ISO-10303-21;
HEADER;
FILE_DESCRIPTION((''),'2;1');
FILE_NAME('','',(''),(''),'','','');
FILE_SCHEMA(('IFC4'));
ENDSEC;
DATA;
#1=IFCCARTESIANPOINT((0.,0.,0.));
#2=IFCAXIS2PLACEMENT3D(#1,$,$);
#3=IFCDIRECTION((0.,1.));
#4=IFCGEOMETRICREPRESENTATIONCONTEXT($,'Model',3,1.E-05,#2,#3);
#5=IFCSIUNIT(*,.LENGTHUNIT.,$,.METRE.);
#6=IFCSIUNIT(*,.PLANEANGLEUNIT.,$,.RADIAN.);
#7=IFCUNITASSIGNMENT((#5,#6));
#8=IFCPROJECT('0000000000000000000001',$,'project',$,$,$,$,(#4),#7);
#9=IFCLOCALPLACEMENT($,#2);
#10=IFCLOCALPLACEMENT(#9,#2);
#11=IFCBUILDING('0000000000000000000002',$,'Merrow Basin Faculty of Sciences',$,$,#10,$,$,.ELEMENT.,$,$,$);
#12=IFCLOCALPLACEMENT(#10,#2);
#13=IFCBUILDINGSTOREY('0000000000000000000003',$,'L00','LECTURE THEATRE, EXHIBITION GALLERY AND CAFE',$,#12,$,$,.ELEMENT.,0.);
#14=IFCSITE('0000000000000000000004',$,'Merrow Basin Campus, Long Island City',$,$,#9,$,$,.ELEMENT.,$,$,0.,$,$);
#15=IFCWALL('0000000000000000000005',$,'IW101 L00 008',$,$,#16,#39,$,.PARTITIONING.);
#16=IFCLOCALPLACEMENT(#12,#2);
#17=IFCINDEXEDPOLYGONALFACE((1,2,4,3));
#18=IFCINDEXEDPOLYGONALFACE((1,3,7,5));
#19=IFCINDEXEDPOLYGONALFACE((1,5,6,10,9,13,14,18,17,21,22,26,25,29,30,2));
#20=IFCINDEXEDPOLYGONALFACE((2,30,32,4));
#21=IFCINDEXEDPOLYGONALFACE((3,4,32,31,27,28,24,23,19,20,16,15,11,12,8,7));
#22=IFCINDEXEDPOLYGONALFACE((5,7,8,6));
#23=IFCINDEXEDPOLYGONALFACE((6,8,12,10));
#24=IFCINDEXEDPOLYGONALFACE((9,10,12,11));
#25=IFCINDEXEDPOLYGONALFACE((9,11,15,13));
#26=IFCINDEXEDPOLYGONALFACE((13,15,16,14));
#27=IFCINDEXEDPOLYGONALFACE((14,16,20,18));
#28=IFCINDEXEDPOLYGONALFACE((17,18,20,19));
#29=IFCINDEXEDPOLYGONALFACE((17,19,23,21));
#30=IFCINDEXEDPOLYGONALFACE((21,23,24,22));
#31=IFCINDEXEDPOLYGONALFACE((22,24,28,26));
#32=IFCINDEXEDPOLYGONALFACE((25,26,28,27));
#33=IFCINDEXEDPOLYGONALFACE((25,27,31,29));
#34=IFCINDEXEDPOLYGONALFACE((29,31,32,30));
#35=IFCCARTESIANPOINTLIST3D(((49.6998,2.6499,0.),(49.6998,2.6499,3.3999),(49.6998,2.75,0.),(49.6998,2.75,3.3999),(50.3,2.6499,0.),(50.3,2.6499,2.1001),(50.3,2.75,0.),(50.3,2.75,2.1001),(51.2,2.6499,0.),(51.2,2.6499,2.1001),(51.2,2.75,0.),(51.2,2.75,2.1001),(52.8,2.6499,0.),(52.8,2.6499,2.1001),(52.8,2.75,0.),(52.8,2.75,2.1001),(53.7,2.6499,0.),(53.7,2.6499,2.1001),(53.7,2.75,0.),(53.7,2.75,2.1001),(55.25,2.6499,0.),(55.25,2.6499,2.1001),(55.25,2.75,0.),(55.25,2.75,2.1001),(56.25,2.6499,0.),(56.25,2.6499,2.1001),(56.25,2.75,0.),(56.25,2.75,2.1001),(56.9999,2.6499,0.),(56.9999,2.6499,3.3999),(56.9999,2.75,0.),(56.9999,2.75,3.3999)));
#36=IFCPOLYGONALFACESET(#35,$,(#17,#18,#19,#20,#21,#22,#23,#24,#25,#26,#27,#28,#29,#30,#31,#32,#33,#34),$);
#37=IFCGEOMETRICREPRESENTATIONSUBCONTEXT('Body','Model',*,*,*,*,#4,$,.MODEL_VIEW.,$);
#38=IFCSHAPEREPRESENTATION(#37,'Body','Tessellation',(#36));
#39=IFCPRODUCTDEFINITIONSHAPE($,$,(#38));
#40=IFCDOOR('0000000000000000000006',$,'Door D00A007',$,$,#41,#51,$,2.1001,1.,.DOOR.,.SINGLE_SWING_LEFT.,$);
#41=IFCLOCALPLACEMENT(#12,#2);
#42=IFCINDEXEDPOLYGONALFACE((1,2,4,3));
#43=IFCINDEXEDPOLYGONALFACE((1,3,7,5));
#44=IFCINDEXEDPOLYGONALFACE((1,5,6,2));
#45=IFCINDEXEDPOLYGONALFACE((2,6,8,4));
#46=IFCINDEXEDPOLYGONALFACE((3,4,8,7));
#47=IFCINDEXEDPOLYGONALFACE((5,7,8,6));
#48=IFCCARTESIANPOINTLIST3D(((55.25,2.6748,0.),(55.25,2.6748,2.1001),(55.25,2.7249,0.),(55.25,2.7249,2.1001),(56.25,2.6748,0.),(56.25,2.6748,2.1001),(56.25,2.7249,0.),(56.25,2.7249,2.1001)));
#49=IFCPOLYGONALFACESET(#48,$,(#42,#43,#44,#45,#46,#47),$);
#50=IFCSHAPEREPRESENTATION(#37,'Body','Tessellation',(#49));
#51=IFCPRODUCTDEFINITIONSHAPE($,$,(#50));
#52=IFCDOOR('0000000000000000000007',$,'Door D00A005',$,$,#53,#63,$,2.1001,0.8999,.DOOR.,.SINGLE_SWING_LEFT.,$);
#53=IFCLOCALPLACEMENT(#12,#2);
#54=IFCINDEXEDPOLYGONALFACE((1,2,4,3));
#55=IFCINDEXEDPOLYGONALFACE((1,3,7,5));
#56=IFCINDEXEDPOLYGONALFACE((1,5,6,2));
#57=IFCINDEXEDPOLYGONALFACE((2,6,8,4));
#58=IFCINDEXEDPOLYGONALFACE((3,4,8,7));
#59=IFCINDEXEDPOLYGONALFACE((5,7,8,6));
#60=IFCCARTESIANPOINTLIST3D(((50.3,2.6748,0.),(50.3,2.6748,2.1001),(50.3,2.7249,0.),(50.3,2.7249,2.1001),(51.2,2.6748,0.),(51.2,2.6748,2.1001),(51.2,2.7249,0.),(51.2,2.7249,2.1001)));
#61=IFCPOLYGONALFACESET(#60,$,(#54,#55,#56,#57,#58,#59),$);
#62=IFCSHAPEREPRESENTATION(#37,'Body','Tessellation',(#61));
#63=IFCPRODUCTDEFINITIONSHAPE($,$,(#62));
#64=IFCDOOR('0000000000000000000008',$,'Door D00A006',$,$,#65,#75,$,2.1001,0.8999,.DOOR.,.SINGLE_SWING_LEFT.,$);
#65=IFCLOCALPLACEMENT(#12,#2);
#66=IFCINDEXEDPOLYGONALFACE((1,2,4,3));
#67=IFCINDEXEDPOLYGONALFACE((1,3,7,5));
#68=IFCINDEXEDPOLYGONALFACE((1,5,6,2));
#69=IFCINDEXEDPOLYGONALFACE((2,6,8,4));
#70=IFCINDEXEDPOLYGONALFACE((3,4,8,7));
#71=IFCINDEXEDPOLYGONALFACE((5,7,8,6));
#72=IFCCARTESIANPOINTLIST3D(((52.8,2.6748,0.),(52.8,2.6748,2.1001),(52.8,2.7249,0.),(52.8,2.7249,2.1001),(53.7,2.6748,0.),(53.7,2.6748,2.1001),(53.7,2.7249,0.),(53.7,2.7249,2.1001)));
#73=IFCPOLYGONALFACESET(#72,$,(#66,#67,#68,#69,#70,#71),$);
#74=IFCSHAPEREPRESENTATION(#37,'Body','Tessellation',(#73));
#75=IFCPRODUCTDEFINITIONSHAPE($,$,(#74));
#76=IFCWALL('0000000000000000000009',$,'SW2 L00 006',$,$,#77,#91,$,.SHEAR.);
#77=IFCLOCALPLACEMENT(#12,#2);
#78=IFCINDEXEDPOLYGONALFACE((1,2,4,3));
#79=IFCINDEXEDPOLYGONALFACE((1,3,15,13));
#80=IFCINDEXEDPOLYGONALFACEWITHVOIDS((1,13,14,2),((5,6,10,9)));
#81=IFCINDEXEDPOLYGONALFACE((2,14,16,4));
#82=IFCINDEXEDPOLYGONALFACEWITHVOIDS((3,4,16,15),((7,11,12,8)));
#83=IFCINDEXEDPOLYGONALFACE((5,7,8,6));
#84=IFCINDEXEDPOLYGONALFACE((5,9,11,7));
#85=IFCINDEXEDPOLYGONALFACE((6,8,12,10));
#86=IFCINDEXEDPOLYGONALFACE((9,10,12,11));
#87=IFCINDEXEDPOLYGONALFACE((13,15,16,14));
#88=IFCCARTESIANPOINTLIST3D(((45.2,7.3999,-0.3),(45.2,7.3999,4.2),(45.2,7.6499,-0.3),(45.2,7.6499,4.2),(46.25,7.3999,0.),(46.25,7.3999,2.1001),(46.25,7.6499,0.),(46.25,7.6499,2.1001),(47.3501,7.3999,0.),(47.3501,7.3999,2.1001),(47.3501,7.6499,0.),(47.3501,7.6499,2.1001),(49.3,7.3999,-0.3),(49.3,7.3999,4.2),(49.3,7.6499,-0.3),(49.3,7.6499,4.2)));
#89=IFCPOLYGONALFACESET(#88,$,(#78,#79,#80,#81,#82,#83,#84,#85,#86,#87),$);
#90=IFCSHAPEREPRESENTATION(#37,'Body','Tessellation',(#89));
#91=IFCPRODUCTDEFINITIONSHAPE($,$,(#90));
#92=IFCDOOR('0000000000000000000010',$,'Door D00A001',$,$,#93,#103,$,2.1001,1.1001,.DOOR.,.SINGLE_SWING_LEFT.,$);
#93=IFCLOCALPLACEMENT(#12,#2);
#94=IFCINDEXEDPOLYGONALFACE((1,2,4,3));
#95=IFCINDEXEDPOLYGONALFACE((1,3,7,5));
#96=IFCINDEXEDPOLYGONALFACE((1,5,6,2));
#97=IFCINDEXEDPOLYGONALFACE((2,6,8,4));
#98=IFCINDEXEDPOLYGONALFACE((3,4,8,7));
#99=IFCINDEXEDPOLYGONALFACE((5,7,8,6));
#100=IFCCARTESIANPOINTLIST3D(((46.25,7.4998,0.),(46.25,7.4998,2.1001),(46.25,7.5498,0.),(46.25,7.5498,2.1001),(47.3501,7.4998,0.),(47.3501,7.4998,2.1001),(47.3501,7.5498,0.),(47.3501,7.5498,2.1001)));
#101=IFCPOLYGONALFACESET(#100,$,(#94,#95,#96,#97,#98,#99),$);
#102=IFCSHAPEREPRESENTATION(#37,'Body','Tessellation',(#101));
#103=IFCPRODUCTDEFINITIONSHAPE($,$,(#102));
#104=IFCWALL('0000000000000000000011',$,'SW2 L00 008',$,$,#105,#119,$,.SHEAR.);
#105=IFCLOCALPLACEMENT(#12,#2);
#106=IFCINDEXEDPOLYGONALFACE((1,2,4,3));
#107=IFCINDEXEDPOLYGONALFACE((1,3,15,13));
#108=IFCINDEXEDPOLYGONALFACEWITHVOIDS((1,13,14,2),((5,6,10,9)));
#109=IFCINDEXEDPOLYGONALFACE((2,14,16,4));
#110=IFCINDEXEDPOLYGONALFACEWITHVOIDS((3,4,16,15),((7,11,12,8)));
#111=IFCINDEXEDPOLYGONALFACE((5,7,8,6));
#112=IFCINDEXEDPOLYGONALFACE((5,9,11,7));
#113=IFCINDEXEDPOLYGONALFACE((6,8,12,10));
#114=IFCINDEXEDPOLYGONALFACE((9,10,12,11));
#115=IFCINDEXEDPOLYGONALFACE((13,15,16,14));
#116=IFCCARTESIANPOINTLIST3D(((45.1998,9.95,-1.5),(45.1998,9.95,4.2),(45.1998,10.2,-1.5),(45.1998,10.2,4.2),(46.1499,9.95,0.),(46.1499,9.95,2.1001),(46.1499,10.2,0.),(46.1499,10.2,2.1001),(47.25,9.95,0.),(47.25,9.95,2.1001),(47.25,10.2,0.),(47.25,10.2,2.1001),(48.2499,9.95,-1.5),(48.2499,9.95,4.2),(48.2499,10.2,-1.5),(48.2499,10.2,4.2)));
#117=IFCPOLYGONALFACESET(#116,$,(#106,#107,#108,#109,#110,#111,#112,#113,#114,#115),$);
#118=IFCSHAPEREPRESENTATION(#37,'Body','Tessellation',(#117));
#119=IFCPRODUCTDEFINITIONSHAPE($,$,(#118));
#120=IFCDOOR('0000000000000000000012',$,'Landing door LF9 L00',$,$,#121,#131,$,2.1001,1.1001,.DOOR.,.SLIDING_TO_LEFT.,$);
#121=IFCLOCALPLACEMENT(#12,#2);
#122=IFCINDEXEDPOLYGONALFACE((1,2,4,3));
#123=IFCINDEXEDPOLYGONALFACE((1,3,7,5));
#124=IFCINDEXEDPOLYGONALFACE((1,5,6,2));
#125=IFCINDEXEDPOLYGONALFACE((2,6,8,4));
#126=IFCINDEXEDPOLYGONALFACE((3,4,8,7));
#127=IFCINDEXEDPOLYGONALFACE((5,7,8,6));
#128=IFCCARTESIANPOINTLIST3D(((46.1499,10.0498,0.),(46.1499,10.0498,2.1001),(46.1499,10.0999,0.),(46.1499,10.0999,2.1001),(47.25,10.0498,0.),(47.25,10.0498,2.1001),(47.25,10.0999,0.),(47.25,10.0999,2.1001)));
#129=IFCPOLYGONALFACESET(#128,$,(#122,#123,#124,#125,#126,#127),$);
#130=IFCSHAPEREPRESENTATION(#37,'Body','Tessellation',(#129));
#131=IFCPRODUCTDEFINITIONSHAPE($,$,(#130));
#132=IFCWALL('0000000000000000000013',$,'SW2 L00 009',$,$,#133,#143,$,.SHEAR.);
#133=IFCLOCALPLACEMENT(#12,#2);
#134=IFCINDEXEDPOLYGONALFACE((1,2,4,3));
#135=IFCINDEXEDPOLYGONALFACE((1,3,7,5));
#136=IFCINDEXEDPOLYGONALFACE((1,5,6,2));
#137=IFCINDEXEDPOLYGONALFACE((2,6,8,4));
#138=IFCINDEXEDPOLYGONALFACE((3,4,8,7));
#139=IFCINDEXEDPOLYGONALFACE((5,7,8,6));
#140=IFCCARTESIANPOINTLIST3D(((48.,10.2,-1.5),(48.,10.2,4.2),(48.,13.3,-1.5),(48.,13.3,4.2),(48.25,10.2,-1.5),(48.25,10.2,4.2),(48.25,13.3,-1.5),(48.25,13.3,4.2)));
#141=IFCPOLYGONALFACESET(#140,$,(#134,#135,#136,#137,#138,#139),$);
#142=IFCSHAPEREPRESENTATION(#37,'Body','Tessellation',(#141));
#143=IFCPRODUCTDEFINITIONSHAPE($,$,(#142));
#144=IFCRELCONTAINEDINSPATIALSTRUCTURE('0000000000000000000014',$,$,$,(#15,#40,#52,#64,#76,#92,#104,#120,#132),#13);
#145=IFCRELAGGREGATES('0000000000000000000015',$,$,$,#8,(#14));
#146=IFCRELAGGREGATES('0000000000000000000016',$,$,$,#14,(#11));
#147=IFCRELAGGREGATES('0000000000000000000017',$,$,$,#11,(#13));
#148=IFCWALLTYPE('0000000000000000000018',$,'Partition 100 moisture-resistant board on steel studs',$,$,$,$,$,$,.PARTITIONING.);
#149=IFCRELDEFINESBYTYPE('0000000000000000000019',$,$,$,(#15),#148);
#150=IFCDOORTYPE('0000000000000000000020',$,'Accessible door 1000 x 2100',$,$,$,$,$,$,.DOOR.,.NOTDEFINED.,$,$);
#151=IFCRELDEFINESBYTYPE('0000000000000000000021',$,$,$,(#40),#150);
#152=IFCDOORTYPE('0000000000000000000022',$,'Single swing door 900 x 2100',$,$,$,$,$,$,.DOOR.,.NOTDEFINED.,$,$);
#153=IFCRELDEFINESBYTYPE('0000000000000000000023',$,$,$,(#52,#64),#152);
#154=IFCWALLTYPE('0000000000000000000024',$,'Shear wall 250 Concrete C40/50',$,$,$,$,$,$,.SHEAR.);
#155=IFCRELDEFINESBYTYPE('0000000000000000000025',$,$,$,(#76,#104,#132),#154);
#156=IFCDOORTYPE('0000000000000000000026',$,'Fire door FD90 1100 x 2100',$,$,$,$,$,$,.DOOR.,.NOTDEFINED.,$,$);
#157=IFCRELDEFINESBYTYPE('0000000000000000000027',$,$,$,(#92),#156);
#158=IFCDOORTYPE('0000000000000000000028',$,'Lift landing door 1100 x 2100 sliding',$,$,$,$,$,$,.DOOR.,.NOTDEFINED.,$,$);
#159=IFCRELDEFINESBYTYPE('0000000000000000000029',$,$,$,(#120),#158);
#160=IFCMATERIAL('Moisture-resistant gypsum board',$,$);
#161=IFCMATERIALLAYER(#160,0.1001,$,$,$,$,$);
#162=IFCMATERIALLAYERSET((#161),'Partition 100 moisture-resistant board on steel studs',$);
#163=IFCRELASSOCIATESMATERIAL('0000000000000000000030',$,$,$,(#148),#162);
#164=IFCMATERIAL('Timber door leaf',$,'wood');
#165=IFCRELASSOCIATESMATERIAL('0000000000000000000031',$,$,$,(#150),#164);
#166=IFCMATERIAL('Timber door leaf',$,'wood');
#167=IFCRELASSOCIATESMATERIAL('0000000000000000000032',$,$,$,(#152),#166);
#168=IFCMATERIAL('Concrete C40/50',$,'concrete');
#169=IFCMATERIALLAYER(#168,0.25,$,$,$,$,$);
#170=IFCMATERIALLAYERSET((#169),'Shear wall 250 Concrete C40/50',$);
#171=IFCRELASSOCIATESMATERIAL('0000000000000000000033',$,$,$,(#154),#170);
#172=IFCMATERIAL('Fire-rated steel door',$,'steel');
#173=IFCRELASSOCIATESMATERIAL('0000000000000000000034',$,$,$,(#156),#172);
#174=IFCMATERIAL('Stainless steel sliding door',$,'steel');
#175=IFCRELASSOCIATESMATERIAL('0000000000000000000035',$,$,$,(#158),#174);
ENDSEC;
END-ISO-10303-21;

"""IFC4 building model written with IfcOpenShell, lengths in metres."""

from ifc_helpers import new_model, si_unit, direction, frame, frame_2d, origin, place, context, subcontext, project, spatial, rectangle, extrude, material, layer, layer_set, type_object, element, fill, save


model = new_model("IFC4")

# Units and contexts
model_context = context("Model", 3, precision=1e-05, world=origin(), true_north=direction((0.0, 1.0)))
body_context = subcontext(model_context, "Body", "Model", "MODEL_VIEW")
ifc_project = project(units=[si_unit("LENGTHUNIT", "METRE"), si_unit("PLANEANGLEUNIT", "RADIAN")], contexts=[model_context])

# Site, building, storey
site_placement = place(None, origin())
site = spatial("IfcSite", under=ifc_project, at=site_placement, Name="Merrow Basin Campus, Long Island City", CompositionType="ELEMENT", RefElevation=0.0)
building_placement = place(site_placement, origin())
building = spatial("IfcBuilding", under=site, at=building_placement, Name="Merrow Basin Faculty of Sciences", CompositionType="ELEMENT")
storey_placement = place(building_placement, origin())
storey = spatial("IfcBuildingStorey", under=building, at=storey_placement, Name="L00", Description="LECTURE THEATRE, EXHIBITION GALLERY AND CAFE", CompositionType="ELEMENT", Elevation=0.0)

# Wall, openings, doors
ifc_material_1 = material(Name="Moisture-resistant gypsum board")
ifc_layer_1 = layer(ifc_material_1, 0.1001)
ifc_layer_set_1 = layer_set([ifc_layer_1], Name="Partition 100 moisture-resistant board on steel studs")
wall_type_1 = type_object("IfcWallType", Name="Partition 100 moisture-resistant board on steel studs", PredefinedType="PARTITIONING", material=ifc_layer_set_1)
wall_1_placement = place(storey_placement, frame((49.7, 2.7, 0.0), z_axis=(0.0, 0.0, 1.0), x_axis=(1.0, 0.0, 0.0)))
wall_1 = element("IfcWall", 1, at=wall_1_placement, inside=storey, type_object=wall_type_1, Name="IW101 L00 008", PredefinedType="PARTITIONING", context=body_context, shape_type="SweptSolid", body=[
    extrude(rectangle(XDim=7.3, YDim=0.1001, at=frame_2d((3.6499, 0.0))), origin(), (0.0, 0.0, 1.0), 3.3999),
])
opening_1_placement = place(wall_1_placement, frame((0.6001, 0.0, 0.0)))
opening_1 = element("IfcOpeningElement", 2, at=opening_1_placement, cuts=wall_1, PredefinedType="OPENING", context=body_context, shape_type="SweptSolid", body=[
    extrude(rectangle(XDim=0.8999, YDim=2.1001, at=frame_2d((0.45, 1.05))), frame((0.0, 0.0601, 0.0), z_axis=(0.0, -1.0, 0.0), x_axis=(1.0, 0.0, 0.0)), (0.0, 0.0, 1.0), 0.1201),
])
opening_2_placement = place(wall_1_placement, frame((3.1001, 0.0, 0.0)))
opening_2 = element("IfcOpeningElement", 3, at=opening_2_placement, cuts=wall_1, PredefinedType="OPENING", context=body_context, shape_type="SweptSolid", body=[
    extrude(rectangle(XDim=0.8999, YDim=2.1001, at=frame_2d((0.45, 1.05))), frame((0.0, 0.0601, 0.0), z_axis=(0.0, -1.0, 0.0), x_axis=(1.0, 0.0, 0.0)), (0.0, 0.0, 1.0), 0.1201),
])
opening_3_placement = place(wall_1_placement, frame((5.55, 0.0, 0.0)))
opening_3 = element("IfcOpeningElement", 4, at=opening_3_placement, cuts=wall_1, PredefinedType="OPENING", context=body_context, shape_type="SweptSolid", body=[
    extrude(rectangle(XDim=1.0, YDim=2.1001, at=frame_2d((0.5, 1.05))), frame((0.0, 0.0601, 0.0), z_axis=(0.0, -1.0, 0.0), x_axis=(1.0, 0.0, 0.0)), (0.0, 0.0, 1.0), 0.1201),
])
ifc_material_2 = material(Name="Timber door leaf", Category="wood")
door_type_1 = type_object("IfcDoorType", Name="Accessible door 1000 x 2100", OperationType="NOTDEFINED", PredefinedType="DOOR", material=ifc_material_2)
door_1_placement = place(opening_3_placement, origin())
door_1 = element("IfcDoor", 5, at=door_1_placement, inside=storey, type_object=door_type_1, Name="Door D00A007", OperationType="SINGLE_SWING_LEFT", OverallHeight=2.1001, OverallWidth=1.0, PredefinedType="DOOR", context=body_context, shape_type="SweptSolid", body=[
    extrude(rectangle(XDim=1.0, YDim=2.1001, at=frame_2d((0.5, 1.05))), frame((0.0, 0.0249, 0.0), z_axis=(0.0, -1.0, 0.0), x_axis=(1.0, 0.0, 0.0)), (0.0, 0.0, 1.0), 0.05),
])
fill(opening_3, door_1)
ifc_material_3 = material(Name="Timber door leaf", Category="wood")
door_type_2 = type_object("IfcDoorType", Name="Single swing door 900 x 2100", OperationType="NOTDEFINED", PredefinedType="DOOR", material=ifc_material_3)
door_2_placement = place(opening_1_placement, origin())
door_2 = element("IfcDoor", 6, at=door_2_placement, inside=storey, type_object=door_type_2, Name="Door D00A005", OperationType="SINGLE_SWING_LEFT", OverallHeight=2.1001, OverallWidth=0.8999, PredefinedType="DOOR", context=body_context, shape_type="SweptSolid", body=[
    extrude(rectangle(XDim=0.8999, YDim=2.1001, at=frame_2d((0.45, 1.05))), frame((0.0, 0.0249, 0.0), z_axis=(0.0, -1.0, 0.0), x_axis=(1.0, 0.0, 0.0)), (0.0, 0.0, 1.0), 0.05),
])
fill(opening_1, door_2)
door_3_placement = place(opening_2_placement, origin())
door_3 = element("IfcDoor", 7, at=door_3_placement, inside=storey, type_object=door_type_2, Name="Door D00A006", OperationType="SINGLE_SWING_LEFT", OverallHeight=2.1001, OverallWidth=0.8999, PredefinedType="DOOR", context=body_context, shape_type="SweptSolid", body=[
    extrude(rectangle(XDim=0.8999, YDim=2.1001, at=frame_2d((0.45, 1.05))), frame((0.0, 0.0249, 0.0), z_axis=(0.0, -1.0, 0.0), x_axis=(1.0, 0.0, 0.0)), (0.0, 0.0, 1.0), 0.05),
])
fill(opening_2, door_3)

# Walls, openings, doors
ifc_material_4 = material(Name="Concrete C40/50", Category="concrete")
ifc_layer_2 = layer(ifc_material_4, 0.25)
ifc_layer_set_2 = layer_set([ifc_layer_2], Name="Shear wall 250 Concrete C40/50")
wall_type_2 = type_object("IfcWallType", Name="Shear wall 250 Concrete C40/50", PredefinedType="SHEAR", material=ifc_layer_set_2)
wall_2_placement = place(storey_placement, frame((45.2, 7.5249, -0.3), z_axis=(0.0, 0.0, 1.0), x_axis=(1.0, 0.0, 0.0)))
wall_2 = element("IfcWall", 8, at=wall_2_placement, inside=storey, type_object=wall_type_2, Name="SW2 L00 006", PredefinedType="SHEAR", context=body_context, shape_type="SweptSolid", body=[
    extrude(rectangle(XDim=4.1001, YDim=0.25, at=frame_2d((2.05, 0.0))), origin(), (0.0, 0.0, 1.0), 4.5),
])
opening_4_placement = place(wall_2_placement, frame((1.05, 0.0, 0.3)))
opening_4 = element("IfcOpeningElement", 9, at=opening_4_placement, cuts=wall_2, PredefinedType="OPENING", context=body_context, shape_type="SweptSolid", body=[
    extrude(rectangle(XDim=1.1001, YDim=2.1001, at=frame_2d((0.55, 1.05))), frame((0.0, 0.135, 0.0), z_axis=(0.0, -1.0, 0.0), x_axis=(1.0, 0.0, 0.0)), (0.0, 0.0, 1.0), 0.27),
])
ifc_material_5 = material(Name="Fire-rated steel door", Category="steel")
door_type_3 = type_object("IfcDoorType", Name="Fire door FD90 1100 x 2100", OperationType="NOTDEFINED", PredefinedType="DOOR", material=ifc_material_5)
door_4_placement = place(opening_4_placement, origin())
door_4 = element("IfcDoor", 10, at=door_4_placement, inside=storey, type_object=door_type_3, Name="Door D00A001", OperationType="SINGLE_SWING_LEFT", OverallHeight=2.1001, OverallWidth=1.1001, PredefinedType="DOOR", context=body_context, shape_type="SweptSolid", body=[
    extrude(rectangle(XDim=1.1001, YDim=2.1001, at=frame_2d((0.55, 1.05))), frame((0.0, 0.0249, 0.0), z_axis=(0.0, -1.0, 0.0), x_axis=(1.0, 0.0, 0.0)), (0.0, 0.0, 1.0), 0.05),
])
fill(opening_4, door_4)
wall_3_placement = place(storey_placement, frame((45.2, 10.075, -1.5), z_axis=(0.0, 0.0, 1.0), x_axis=(1.0, 0.0, 0.0)))
wall_3 = element("IfcWall", 11, at=wall_3_placement, inside=storey, type_object=wall_type_2, Name="SW2 L00 008", PredefinedType="SHEAR", context=body_context, shape_type="SweptSolid", body=[
    extrude(rectangle(XDim=3.05, YDim=0.25, at=frame_2d((1.5249, 0.0))), origin(), (0.0, 0.0, 1.0), 5.7),
])
opening_5_placement = place(wall_3_placement, frame((0.95, 0.0, 1.5)))
opening_5 = element("IfcOpeningElement", 12, at=opening_5_placement, cuts=wall_3, PredefinedType="OPENING", context=body_context, shape_type="SweptSolid", body=[
    extrude(rectangle(XDim=1.1001, YDim=2.1001, at=frame_2d((0.55, 1.05))), frame((0.0, 0.135, 0.0), z_axis=(0.0, -1.0, 0.0), x_axis=(1.0, 0.0, 0.0)), (0.0, 0.0, 1.0), 0.27),
])
ifc_material_6 = material(Name="Stainless steel sliding door", Category="steel")
door_type_4 = type_object("IfcDoorType", Name="Lift landing door 1100 x 2100 sliding", OperationType="NOTDEFINED", PredefinedType="DOOR", material=ifc_material_6)
door_5_placement = place(opening_5_placement, origin())
door_5 = element("IfcDoor", 13, at=door_5_placement, inside=storey, type_object=door_type_4, Name="Landing door LF9 L00", OperationType="SLIDING_TO_LEFT", OverallHeight=2.1001, OverallWidth=1.1001, PredefinedType="DOOR", context=body_context, shape_type="SweptSolid", body=[
    extrude(rectangle(XDim=1.1001, YDim=2.1001, at=frame_2d((0.55, 1.05))), frame((0.0, 0.0249, 0.0), z_axis=(0.0, -1.0, 0.0), x_axis=(1.0, 0.0, 0.0)), (0.0, 0.0, 1.0), 0.05),
])
fill(opening_5, door_5)

# Wall
wall_4_placement = place(storey_placement, frame((48.125, 10.2, -1.5), z_axis=(0.0, 0.0, 1.0), x_axis=(0.0, 1.0, 0.0)))
element("IfcWall", 14, at=wall_4_placement, inside=storey, type_object=wall_type_2, Name="SW2 L00 009", PredefinedType="SHEAR", context=body_context, shape_type="SweptSolid", body=[
    extrude(rectangle(XDim=3.1001, YDim=0.25, at=frame_2d((1.55, 0.0))), origin(), (0.0, 0.0, 1.0), 5.7),
])

save(model, "model.ifc")
